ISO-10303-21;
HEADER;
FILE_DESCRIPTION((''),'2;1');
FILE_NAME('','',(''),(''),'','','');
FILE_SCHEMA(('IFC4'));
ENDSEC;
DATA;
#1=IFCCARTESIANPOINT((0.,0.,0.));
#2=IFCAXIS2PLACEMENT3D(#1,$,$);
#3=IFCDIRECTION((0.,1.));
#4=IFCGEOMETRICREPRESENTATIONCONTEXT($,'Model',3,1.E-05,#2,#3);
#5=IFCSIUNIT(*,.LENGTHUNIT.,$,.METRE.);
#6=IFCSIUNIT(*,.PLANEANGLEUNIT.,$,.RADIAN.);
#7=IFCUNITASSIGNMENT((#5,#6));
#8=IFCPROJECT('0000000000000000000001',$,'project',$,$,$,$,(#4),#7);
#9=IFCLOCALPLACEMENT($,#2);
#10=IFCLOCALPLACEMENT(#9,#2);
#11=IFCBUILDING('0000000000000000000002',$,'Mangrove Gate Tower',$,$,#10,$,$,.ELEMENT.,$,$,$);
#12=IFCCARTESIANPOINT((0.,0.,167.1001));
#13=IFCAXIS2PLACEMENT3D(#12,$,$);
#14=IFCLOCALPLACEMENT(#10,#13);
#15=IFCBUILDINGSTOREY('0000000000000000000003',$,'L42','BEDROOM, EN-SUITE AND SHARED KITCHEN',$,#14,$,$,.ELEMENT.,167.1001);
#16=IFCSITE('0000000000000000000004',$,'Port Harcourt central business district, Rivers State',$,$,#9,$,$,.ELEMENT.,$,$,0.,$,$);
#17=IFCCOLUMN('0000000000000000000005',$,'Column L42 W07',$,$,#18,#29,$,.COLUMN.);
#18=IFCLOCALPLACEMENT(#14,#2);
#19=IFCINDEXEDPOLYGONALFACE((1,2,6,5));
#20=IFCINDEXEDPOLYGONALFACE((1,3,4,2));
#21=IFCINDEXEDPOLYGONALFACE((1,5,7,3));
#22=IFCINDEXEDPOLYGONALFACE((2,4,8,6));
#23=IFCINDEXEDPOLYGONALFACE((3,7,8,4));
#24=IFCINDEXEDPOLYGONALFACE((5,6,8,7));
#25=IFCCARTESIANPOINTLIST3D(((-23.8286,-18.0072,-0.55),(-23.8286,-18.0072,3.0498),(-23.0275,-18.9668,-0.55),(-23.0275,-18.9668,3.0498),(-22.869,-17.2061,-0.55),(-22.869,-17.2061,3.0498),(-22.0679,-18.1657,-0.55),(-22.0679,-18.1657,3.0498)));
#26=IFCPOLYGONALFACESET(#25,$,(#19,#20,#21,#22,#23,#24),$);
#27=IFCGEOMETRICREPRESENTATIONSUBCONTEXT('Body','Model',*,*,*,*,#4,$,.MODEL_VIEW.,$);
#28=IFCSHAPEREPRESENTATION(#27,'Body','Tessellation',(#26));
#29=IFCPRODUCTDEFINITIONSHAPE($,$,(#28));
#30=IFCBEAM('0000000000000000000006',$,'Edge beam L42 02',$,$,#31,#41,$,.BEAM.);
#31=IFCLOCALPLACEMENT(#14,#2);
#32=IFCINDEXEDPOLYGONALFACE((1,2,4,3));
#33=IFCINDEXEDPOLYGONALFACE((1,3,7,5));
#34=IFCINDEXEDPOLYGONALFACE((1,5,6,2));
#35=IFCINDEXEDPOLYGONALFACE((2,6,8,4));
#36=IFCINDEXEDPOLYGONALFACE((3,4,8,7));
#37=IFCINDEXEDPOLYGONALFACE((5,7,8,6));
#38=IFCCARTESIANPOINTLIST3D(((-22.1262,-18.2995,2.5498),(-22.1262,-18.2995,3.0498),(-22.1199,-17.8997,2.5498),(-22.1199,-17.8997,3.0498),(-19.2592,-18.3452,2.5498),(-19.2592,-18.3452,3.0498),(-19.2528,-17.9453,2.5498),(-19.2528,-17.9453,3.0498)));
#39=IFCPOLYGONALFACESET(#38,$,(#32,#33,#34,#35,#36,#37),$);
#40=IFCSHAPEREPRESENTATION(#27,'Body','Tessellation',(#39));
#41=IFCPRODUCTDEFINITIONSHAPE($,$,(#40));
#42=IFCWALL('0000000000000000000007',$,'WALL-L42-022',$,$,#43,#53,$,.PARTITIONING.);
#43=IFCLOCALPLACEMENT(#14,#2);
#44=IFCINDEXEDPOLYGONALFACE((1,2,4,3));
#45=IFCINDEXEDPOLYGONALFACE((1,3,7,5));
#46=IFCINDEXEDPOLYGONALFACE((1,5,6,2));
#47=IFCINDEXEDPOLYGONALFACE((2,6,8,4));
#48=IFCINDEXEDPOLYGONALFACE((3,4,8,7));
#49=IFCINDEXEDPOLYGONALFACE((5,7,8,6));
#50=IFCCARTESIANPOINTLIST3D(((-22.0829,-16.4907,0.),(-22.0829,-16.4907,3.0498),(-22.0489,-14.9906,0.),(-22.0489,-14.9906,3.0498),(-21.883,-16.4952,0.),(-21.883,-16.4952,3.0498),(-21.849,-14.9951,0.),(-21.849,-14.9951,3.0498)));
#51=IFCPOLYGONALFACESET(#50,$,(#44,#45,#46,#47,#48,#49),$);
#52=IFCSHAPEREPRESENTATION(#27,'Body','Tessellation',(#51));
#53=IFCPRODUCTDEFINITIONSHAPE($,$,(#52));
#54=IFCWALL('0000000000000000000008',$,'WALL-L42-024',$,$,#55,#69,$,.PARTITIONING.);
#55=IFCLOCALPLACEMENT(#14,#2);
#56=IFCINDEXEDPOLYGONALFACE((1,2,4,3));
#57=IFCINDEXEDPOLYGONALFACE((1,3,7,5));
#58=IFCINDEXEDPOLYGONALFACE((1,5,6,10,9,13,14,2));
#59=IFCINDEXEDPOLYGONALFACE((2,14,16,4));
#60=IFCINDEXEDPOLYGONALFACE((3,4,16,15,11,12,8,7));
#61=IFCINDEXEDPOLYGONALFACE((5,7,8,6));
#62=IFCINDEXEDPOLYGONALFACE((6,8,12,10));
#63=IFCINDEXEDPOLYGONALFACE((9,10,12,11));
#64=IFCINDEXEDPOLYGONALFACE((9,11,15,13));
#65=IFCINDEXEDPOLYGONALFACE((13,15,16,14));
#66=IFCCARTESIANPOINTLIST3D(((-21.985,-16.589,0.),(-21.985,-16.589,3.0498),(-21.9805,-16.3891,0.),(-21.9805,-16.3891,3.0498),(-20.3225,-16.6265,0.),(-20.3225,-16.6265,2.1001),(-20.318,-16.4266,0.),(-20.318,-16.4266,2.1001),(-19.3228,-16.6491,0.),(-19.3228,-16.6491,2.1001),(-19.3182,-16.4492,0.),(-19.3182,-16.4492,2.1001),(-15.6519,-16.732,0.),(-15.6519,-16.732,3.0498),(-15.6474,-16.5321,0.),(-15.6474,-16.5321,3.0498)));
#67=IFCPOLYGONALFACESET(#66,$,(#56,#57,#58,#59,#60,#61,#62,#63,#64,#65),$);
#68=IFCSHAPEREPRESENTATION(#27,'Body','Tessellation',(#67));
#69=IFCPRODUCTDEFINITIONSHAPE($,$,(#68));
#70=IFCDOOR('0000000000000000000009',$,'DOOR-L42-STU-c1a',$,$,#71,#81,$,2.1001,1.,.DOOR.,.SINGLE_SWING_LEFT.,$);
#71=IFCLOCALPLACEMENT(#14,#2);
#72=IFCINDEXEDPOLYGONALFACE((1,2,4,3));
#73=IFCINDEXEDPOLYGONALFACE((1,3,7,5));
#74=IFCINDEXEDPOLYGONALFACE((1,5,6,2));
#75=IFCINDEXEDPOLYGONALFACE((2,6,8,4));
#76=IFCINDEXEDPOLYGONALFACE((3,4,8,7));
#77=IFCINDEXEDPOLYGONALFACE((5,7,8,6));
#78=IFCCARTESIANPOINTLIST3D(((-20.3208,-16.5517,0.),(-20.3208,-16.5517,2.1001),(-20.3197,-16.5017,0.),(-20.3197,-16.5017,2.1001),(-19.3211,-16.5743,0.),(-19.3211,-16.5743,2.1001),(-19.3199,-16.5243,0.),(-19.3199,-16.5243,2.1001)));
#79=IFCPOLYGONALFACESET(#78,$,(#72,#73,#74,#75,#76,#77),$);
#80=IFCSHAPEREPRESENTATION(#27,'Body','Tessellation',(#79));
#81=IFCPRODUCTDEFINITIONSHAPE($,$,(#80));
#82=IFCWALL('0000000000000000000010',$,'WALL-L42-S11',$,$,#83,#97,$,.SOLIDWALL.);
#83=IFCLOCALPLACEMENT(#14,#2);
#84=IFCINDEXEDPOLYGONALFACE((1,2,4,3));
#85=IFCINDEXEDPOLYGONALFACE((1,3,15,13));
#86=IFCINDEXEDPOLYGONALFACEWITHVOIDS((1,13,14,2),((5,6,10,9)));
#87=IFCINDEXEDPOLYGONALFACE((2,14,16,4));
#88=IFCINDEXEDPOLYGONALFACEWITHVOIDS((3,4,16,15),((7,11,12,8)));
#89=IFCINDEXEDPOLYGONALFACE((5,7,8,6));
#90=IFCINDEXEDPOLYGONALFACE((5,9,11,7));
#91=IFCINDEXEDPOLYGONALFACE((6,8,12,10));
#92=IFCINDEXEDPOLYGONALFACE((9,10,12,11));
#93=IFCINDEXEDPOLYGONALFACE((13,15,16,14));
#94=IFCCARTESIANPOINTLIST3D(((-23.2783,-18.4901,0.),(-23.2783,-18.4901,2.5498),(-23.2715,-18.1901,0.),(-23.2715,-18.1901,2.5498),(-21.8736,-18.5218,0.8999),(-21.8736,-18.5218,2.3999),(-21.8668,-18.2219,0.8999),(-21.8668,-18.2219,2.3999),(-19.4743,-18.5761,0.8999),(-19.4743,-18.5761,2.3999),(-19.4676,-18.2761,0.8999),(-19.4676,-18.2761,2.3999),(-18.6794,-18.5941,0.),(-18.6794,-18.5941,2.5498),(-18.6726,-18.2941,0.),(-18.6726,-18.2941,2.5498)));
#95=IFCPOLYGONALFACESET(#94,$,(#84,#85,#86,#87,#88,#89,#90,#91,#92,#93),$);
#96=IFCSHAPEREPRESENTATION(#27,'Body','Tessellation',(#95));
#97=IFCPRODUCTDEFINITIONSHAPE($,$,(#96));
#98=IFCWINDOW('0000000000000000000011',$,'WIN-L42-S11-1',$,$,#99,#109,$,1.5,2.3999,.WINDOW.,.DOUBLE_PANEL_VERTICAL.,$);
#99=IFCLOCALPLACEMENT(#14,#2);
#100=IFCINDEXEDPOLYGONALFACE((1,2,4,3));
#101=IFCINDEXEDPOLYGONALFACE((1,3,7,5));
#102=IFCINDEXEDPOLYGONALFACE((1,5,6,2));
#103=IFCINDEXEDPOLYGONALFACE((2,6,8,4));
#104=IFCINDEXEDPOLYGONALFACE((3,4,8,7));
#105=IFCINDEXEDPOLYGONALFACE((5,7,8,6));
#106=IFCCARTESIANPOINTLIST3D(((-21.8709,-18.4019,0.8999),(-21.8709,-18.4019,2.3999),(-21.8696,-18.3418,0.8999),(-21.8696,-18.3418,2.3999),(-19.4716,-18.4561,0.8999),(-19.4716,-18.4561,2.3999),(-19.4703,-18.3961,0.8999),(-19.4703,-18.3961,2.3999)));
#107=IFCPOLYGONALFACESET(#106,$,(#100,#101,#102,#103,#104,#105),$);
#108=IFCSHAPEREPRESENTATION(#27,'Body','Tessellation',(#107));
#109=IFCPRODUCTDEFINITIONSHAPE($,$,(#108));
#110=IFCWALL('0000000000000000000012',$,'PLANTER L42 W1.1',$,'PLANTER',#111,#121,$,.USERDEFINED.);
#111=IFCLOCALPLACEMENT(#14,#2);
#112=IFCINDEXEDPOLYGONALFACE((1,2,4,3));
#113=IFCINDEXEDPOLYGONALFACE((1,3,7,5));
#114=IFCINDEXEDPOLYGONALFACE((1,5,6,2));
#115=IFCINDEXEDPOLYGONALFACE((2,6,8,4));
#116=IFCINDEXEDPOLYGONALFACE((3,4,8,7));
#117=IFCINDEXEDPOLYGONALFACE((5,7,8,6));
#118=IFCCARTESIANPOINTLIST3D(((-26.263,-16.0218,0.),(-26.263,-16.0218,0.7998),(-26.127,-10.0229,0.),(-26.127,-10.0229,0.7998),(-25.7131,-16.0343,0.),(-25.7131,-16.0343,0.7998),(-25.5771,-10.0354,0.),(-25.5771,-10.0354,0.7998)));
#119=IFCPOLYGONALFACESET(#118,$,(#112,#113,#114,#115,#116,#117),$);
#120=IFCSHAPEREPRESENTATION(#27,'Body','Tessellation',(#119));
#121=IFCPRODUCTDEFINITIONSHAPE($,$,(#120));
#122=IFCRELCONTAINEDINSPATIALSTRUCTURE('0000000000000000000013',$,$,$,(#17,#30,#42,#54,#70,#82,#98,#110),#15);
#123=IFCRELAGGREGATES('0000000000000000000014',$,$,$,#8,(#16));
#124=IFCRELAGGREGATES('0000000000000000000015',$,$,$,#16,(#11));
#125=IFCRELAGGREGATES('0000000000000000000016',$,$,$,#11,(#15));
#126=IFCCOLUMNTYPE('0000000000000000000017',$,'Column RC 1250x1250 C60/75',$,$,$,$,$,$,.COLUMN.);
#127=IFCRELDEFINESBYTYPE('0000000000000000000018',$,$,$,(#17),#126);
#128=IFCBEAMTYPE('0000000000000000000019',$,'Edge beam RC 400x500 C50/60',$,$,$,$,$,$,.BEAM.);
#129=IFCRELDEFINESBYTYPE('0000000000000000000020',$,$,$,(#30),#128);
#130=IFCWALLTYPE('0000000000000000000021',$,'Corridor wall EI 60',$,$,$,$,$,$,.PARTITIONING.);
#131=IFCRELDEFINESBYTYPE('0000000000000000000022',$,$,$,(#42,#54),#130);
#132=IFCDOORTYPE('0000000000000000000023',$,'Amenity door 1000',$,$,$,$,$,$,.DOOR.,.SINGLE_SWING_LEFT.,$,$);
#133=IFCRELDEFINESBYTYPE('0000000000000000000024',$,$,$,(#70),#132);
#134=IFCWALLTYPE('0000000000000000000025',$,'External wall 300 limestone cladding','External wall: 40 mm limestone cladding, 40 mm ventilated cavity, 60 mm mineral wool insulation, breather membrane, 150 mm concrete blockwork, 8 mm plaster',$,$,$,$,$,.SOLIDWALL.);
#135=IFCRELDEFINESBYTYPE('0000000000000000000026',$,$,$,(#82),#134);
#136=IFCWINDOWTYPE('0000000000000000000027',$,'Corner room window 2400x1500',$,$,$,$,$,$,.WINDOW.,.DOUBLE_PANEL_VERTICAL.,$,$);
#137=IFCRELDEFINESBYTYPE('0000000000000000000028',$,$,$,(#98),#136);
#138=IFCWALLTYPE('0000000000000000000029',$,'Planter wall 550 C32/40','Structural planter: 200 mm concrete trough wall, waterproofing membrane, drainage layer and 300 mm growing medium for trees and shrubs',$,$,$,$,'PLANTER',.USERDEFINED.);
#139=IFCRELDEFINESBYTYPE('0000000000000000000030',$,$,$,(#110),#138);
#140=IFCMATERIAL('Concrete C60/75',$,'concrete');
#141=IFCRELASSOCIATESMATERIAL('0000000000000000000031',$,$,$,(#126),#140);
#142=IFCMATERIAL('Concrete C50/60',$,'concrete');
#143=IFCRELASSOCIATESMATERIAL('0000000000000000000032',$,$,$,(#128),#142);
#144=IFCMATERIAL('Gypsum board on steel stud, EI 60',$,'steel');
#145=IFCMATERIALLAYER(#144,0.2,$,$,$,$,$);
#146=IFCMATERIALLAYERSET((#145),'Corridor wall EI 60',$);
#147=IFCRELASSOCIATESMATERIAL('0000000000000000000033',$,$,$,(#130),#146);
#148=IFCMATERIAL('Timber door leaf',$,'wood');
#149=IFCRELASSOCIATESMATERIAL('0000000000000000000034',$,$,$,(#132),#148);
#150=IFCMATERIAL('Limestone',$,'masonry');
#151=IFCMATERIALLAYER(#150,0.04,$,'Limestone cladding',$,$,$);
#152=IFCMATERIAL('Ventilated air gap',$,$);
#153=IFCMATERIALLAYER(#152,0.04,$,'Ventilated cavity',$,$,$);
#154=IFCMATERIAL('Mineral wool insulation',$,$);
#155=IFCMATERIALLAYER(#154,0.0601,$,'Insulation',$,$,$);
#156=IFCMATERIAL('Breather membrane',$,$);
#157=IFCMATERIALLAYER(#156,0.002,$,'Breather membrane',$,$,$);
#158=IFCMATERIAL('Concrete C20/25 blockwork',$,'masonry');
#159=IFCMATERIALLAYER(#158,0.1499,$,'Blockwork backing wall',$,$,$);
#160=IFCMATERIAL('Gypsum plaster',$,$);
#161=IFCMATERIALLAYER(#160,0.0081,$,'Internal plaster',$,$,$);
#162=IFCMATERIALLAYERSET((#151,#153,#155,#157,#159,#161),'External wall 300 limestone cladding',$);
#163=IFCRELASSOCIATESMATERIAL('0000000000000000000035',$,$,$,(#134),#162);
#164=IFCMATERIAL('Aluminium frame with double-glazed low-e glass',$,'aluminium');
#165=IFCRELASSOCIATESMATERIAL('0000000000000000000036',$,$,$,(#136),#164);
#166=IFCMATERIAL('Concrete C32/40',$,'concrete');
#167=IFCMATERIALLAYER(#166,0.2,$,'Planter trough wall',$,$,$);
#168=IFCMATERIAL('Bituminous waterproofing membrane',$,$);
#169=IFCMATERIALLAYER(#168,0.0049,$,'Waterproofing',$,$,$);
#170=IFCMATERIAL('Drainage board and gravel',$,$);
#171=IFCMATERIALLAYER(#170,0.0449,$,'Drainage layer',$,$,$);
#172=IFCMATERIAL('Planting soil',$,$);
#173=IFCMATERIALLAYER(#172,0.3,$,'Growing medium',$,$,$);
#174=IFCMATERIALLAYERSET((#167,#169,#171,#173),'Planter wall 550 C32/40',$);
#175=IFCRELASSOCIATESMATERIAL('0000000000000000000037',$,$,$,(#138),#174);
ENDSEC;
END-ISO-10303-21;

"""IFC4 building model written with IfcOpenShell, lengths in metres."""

from ifc_helpers import new_model, si_unit, direction, frame, frame_2d, origin, origin_2d, place, context, subcontext, project, spatial, rectangle, extrude, material, layer, layer_set, material_profile, profile_set, type_object, element, fill, save


model = new_model("IFC4")

# Units and contexts
model_context = context("Model", 3, precision=1e-05, world=origin(), true_north=direction((0.0, 1.0)))
body_context = subcontext(model_context, "Body", "Model", "MODEL_VIEW")
ifc_project = project(units=[si_unit("LENGTHUNIT", "METRE"), si_unit("PLANEANGLEUNIT", "RADIAN")], contexts=[model_context])

# Site, building, storey
site_placement = place(None, origin())
site = spatial("IfcSite", under=ifc_project, at=site_placement, Name="Port Harcourt central business district, Rivers State", CompositionType="ELEMENT", RefElevation=0.0)
building_placement = place(site_placement, origin())
building = spatial("IfcBuilding", under=site, at=building_placement, Name="Mangrove Gate Tower", CompositionType="ELEMENT")
storey_placement = place(building_placement, frame((0.0, 0.0, 167.1001)))
storey = spatial("IfcBuildingStorey", under=building, at=storey_placement, Name="L42", Description="BEDROOM, EN-SUITE AND SHARED KITCHEN", CompositionType="ELEMENT", Elevation=167.1001)

# Column
ifc_material_1 = material(Name="Concrete C60/75", Category="concrete")
ifc_material_profile_1 = material_profile(ifc_material_1, rectangle(XDim=1.25, YDim=1.25, at=origin_2d()))
ifc_profile_set_1 = profile_set([ifc_material_profile_1], Name="Concrete C60/75")
column_type = type_object("IfcColumnType", Name="Column RC 1250x1250 C60/75", PredefinedType="COLUMN", material=ifc_profile_set_1)
column_placement = place(storey_placement, frame((-22.9482, -18.0864, -0.55), z_axis=(0.0, 0.0, 1.0), x_axis=(0.640874, -0.767646, 0.0)))
element("IfcColumn", 1, at=column_placement, inside=storey, type_object=column_type, Name="Column L42 W07", PredefinedType="COLUMN", context=body_context, shape_type="SweptSolid", body=[
    extrude(rectangle(XDim=1.25, YDim=1.25, at=origin_2d()), origin(), (0.0, 0.0, 1.0), 3.5999),
])

# Beam
ifc_material_2 = material(Name="Concrete C50/60", Category="concrete")
ifc_material_profile_2 = material_profile(ifc_material_2, rectangle(XDim=0.3999, YDim=0.5, at=origin_2d()))
ifc_profile_set_2 = profile_set([ifc_material_profile_2], Name="Concrete C50/60")
beam_type = type_object("IfcBeamType", Name="Edge beam RC 400x500 C50/60", PredefinedType="BEAM", material=ifc_profile_set_2)
beam_placement = place(storey_placement, frame((-22.123, -18.0996, 2.7998), z_axis=(0.999873, -0.015921, 0.0), x_axis=(0.015921, 0.999873, 0.0)))
element("IfcBeam", 2, at=beam_placement, inside=storey, type_object=beam_type, Name="Edge beam L42 02", PredefinedType="BEAM", context=body_context, shape_type="SweptSolid", body=[
    extrude(rectangle(XDim=0.3999, YDim=0.5, at=origin_2d()), origin(), (0.0, 0.0, 1.0), 2.8674),
])

# Wall
ifc_material_3 = material(Name="Gypsum board on steel stud, EI 60", Category="steel")
ifc_layer_1 = layer(ifc_material_3, 0.2)
ifc_layer_set_1 = layer_set([ifc_layer_1], Name="Corridor wall EI 60")
wall_type_1 = type_object("IfcWallType", Name="Corridor wall EI 60", PredefinedType="PARTITIONING", material=ifc_layer_set_1)
wall_1_placement = place(storey_placement, frame((-21.9829, -16.4929, 0.0), z_axis=(0.0, 0.0, 1.0), x_axis=(0.022618, 0.999744, 0.0)))
element("IfcWall", 3, at=wall_1_placement, inside=storey, type_object=wall_type_1, Name="WALL-L42-022", PredefinedType="PARTITIONING", context=body_context, shape_type="SweptSolid", body=[
    extrude(rectangle(XDim=1.5005, YDim=0.2, at=frame_2d((0.7502, 0.0))), origin(), (0.0, 0.0, 1.0), 3.0498),
])

# Wall, opening, door
wall_2_placement = place(storey_placement, frame((-21.9829, -16.489, 0.0), z_axis=(0.0, 0.0, 1.0), x_axis=(0.999745, -0.022585, 0.0)))
wall_2 = element("IfcWall", 4, at=wall_2_placement, inside=storey, type_object=wall_type_1, Name="WALL-L42-024", PredefinedType="PARTITIONING", context=body_context, shape_type="SweptSolid", body=[
    extrude(rectangle(XDim=6.3347, YDim=0.2, at=frame_2d((3.1675, 0.0))), origin(), (0.0, 0.0, 1.0), 3.0498),
])
opening_1_placement = place(wall_2_placement, frame((1.6631, 0.0, 0.0)))
opening_1 = element("IfcOpeningElement", 5, at=opening_1_placement, cuts=wall_2, PredefinedType="OPENING", context=body_context, shape_type="SweptSolid", body=[
    extrude(rectangle(XDim=1.0, YDim=2.1001, at=frame_2d((0.5, 1.05))), frame((0.0, 0.1099, 0.0), z_axis=(0.0, -1.0, 0.0), x_axis=(1.0, 0.0, 0.0)), (0.0, 0.0, 1.0), 0.22),
])
ifc_material_4 = material(Name="Timber door leaf", Category="wood")
door_type_1 = type_object("IfcDoorType", Name="Amenity door 1000", OperationType="SINGLE_SWING_LEFT", PredefinedType="DOOR", material=ifc_material_4)
door_1_placement = place(opening_1_placement, origin())
door_1 = element("IfcDoor", 6, at=door_1_placement, inside=storey, type_object=door_type_1, Name="DOOR-L42-STU-c1a", OperationType="SINGLE_SWING_LEFT", OverallHeight=2.1001, OverallWidth=1.0, PredefinedType="DOOR", context=body_context, shape_type="SweptSolid", body=[
    extrude(rectangle(XDim=1.0, YDim=2.1001, at=frame_2d((0.5, 1.05))), frame((0.0, 0.0249, 0.0), z_axis=(0.0, -1.0, 0.0), x_axis=(1.0, 0.0, 0.0)), (0.0, 0.0, 1.0), 0.05),
])
fill(opening_1, door_1)

# Wall, opening, window
ifc_material_5 = material(Name="Limestone", Category="masonry")
ifc_layer_2 = layer(ifc_material_5, 0.04, Name="Limestone cladding")
ifc_material_6 = material(Name="Ventilated air gap")
ifc_layer_3 = layer(ifc_material_6, 0.04, Name="Ventilated cavity")
ifc_material_7 = material(Name="Mineral wool insulation")
ifc_layer_4 = layer(ifc_material_7, 0.0601, Name="Insulation")
ifc_material_8 = material(Name="Breather membrane")
ifc_layer_5 = layer(ifc_material_8, 0.002, Name="Breather membrane")
ifc_material_9 = material(Name="Concrete C20/25 blockwork", Category="masonry")
ifc_layer_6 = layer(ifc_material_9, 0.1499, Name="Blockwork backing wall")
ifc_material_10 = material(Name="Gypsum plaster")
ifc_layer_7 = layer(ifc_material_10, 0.0081, Name="Internal plaster")
ifc_layer_set_2 = layer_set([ifc_layer_2, ifc_layer_3, ifc_layer_4, ifc_layer_5, ifc_layer_6, ifc_layer_7], Name="External wall 300 limestone cladding")
wall_type_2 = type_object("IfcWallType", Name="External wall 300 limestone cladding", Description="External wall: 40 mm limestone cladding, 40 mm ventilated cavity, 60 mm mineral wool insulation, breather membrane, 150 mm concrete blockwork, 8 mm plaster", PredefinedType="SOLIDWALL", material=ifc_layer_set_2)
wall_3_placement = place(storey_placement, frame((-23.2749, -18.3401, 0.0), z_axis=(0.0, 0.0, 1.0), x_axis=(0.999744, -0.022609, 0.0)))
wall_3 = element("IfcWall", 7, at=wall_3_placement, inside=storey, type_object=wall_type_2, Name="WALL-L42-S11", PredefinedType="SOLIDWALL", context=body_context, shape_type="SweptSolid", body=[
    extrude(rectangle(XDim=4.6001, YDim=0.3, at=frame_2d((2.3, 0.0))), origin(), (0.0, 0.0, 1.0), 2.5498),
])
opening_2_placement = place(wall_3_placement, frame((1.405, 0.0, 0.8999)))
opening_2 = element("IfcOpeningElement", 8, at=opening_2_placement, cuts=wall_3, PredefinedType="OPENING", context=body_context, shape_type="SweptSolid", body=[
    extrude(rectangle(XDim=2.3999, YDim=1.5, at=frame_2d((1.2, 0.75))), frame((0.0, 0.1599, 0.0), z_axis=(0.0, -1.0, 0.0), x_axis=(1.0, 0.0, 0.0)), (0.0, 0.0, 1.0), 0.3201),
])
ifc_material_11 = material(Name="Aluminium frame with double-glazed low-e glass", Category="aluminium")
window_type = type_object("IfcWindowType", Name="Corner room window 2400x1500", PartitioningType="DOUBLE_PANEL_VERTICAL", PredefinedType="WINDOW", material=ifc_material_11)
window_1_placement = place(opening_2_placement, origin())
window_1 = element("IfcWindow", 9, at=window_1_placement, inside=storey, type_object=window_type, Name="WIN-L42-S11-1", OverallHeight=1.5, OverallWidth=2.3999, PartitioningType="DOUBLE_PANEL_VERTICAL", PredefinedType="WINDOW", context=body_context, shape_type="SweptSolid", body=[
    extrude(rectangle(XDim=2.3999, YDim=1.5, at=frame_2d((1.2, 0.75))), frame((0.0, 0.03, 0.0), z_axis=(0.0, -1.0, 0.0), x_axis=(1.0, 0.0, 0.0)), (0.0, 0.0, 1.0), 0.0601),
])
fill(opening_2, window_1)

# Wall
ifc_material_12 = material(Name="Concrete C32/40", Category="concrete")
ifc_layer_8 = layer(ifc_material_12, 0.2, Name="Planter trough wall")
ifc_material_13 = material(Name="Bituminous waterproofing membrane")
ifc_layer_9 = layer(ifc_material_13, 0.0049, Name="Waterproofing")
ifc_material_14 = material(Name="Drainage board and gravel")
ifc_layer_10 = layer(ifc_material_14, 0.0449, Name="Drainage layer")
ifc_material_15 = material(Name="Planting soil")
ifc_layer_11 = layer(ifc_material_15, 0.3, Name="Growing medium")
ifc_layer_set_3 = layer_set([ifc_layer_8, ifc_layer_9, ifc_layer_10, ifc_layer_11], Name="Planter wall 550 C32/40")
wall_type_3 = type_object("IfcWallType", Name="Planter wall 550 C32/40", Description="Structural planter: 200 mm concrete trough wall, waterproofing membrane, drainage layer and 300 mm growing medium for trees and shrubs", ElementType="PLANTER", PredefinedType="USERDEFINED", material=ifc_layer_set_3)
wall_4_placement = place(storey_placement, frame((-25.988, -16.0281, 0.0), z_axis=(0.0, 0.0, 1.0), x_axis=(0.022662, 0.999743, 0.0)))
element("IfcWall", 10, at=wall_4_placement, inside=storey, type_object=wall_type_3, Name="PLANTER L42 W1.1", ObjectType="PLANTER", PredefinedType="USERDEFINED", context=body_context, shape_type="SweptSolid", body=[
    extrude(rectangle(XDim=6.0005, YDim=0.55, at=frame_2d((3.0002, 0.0))), origin(), (0.0, 0.0, 1.0), 0.7998),
])

save(model, "model.ifc")
